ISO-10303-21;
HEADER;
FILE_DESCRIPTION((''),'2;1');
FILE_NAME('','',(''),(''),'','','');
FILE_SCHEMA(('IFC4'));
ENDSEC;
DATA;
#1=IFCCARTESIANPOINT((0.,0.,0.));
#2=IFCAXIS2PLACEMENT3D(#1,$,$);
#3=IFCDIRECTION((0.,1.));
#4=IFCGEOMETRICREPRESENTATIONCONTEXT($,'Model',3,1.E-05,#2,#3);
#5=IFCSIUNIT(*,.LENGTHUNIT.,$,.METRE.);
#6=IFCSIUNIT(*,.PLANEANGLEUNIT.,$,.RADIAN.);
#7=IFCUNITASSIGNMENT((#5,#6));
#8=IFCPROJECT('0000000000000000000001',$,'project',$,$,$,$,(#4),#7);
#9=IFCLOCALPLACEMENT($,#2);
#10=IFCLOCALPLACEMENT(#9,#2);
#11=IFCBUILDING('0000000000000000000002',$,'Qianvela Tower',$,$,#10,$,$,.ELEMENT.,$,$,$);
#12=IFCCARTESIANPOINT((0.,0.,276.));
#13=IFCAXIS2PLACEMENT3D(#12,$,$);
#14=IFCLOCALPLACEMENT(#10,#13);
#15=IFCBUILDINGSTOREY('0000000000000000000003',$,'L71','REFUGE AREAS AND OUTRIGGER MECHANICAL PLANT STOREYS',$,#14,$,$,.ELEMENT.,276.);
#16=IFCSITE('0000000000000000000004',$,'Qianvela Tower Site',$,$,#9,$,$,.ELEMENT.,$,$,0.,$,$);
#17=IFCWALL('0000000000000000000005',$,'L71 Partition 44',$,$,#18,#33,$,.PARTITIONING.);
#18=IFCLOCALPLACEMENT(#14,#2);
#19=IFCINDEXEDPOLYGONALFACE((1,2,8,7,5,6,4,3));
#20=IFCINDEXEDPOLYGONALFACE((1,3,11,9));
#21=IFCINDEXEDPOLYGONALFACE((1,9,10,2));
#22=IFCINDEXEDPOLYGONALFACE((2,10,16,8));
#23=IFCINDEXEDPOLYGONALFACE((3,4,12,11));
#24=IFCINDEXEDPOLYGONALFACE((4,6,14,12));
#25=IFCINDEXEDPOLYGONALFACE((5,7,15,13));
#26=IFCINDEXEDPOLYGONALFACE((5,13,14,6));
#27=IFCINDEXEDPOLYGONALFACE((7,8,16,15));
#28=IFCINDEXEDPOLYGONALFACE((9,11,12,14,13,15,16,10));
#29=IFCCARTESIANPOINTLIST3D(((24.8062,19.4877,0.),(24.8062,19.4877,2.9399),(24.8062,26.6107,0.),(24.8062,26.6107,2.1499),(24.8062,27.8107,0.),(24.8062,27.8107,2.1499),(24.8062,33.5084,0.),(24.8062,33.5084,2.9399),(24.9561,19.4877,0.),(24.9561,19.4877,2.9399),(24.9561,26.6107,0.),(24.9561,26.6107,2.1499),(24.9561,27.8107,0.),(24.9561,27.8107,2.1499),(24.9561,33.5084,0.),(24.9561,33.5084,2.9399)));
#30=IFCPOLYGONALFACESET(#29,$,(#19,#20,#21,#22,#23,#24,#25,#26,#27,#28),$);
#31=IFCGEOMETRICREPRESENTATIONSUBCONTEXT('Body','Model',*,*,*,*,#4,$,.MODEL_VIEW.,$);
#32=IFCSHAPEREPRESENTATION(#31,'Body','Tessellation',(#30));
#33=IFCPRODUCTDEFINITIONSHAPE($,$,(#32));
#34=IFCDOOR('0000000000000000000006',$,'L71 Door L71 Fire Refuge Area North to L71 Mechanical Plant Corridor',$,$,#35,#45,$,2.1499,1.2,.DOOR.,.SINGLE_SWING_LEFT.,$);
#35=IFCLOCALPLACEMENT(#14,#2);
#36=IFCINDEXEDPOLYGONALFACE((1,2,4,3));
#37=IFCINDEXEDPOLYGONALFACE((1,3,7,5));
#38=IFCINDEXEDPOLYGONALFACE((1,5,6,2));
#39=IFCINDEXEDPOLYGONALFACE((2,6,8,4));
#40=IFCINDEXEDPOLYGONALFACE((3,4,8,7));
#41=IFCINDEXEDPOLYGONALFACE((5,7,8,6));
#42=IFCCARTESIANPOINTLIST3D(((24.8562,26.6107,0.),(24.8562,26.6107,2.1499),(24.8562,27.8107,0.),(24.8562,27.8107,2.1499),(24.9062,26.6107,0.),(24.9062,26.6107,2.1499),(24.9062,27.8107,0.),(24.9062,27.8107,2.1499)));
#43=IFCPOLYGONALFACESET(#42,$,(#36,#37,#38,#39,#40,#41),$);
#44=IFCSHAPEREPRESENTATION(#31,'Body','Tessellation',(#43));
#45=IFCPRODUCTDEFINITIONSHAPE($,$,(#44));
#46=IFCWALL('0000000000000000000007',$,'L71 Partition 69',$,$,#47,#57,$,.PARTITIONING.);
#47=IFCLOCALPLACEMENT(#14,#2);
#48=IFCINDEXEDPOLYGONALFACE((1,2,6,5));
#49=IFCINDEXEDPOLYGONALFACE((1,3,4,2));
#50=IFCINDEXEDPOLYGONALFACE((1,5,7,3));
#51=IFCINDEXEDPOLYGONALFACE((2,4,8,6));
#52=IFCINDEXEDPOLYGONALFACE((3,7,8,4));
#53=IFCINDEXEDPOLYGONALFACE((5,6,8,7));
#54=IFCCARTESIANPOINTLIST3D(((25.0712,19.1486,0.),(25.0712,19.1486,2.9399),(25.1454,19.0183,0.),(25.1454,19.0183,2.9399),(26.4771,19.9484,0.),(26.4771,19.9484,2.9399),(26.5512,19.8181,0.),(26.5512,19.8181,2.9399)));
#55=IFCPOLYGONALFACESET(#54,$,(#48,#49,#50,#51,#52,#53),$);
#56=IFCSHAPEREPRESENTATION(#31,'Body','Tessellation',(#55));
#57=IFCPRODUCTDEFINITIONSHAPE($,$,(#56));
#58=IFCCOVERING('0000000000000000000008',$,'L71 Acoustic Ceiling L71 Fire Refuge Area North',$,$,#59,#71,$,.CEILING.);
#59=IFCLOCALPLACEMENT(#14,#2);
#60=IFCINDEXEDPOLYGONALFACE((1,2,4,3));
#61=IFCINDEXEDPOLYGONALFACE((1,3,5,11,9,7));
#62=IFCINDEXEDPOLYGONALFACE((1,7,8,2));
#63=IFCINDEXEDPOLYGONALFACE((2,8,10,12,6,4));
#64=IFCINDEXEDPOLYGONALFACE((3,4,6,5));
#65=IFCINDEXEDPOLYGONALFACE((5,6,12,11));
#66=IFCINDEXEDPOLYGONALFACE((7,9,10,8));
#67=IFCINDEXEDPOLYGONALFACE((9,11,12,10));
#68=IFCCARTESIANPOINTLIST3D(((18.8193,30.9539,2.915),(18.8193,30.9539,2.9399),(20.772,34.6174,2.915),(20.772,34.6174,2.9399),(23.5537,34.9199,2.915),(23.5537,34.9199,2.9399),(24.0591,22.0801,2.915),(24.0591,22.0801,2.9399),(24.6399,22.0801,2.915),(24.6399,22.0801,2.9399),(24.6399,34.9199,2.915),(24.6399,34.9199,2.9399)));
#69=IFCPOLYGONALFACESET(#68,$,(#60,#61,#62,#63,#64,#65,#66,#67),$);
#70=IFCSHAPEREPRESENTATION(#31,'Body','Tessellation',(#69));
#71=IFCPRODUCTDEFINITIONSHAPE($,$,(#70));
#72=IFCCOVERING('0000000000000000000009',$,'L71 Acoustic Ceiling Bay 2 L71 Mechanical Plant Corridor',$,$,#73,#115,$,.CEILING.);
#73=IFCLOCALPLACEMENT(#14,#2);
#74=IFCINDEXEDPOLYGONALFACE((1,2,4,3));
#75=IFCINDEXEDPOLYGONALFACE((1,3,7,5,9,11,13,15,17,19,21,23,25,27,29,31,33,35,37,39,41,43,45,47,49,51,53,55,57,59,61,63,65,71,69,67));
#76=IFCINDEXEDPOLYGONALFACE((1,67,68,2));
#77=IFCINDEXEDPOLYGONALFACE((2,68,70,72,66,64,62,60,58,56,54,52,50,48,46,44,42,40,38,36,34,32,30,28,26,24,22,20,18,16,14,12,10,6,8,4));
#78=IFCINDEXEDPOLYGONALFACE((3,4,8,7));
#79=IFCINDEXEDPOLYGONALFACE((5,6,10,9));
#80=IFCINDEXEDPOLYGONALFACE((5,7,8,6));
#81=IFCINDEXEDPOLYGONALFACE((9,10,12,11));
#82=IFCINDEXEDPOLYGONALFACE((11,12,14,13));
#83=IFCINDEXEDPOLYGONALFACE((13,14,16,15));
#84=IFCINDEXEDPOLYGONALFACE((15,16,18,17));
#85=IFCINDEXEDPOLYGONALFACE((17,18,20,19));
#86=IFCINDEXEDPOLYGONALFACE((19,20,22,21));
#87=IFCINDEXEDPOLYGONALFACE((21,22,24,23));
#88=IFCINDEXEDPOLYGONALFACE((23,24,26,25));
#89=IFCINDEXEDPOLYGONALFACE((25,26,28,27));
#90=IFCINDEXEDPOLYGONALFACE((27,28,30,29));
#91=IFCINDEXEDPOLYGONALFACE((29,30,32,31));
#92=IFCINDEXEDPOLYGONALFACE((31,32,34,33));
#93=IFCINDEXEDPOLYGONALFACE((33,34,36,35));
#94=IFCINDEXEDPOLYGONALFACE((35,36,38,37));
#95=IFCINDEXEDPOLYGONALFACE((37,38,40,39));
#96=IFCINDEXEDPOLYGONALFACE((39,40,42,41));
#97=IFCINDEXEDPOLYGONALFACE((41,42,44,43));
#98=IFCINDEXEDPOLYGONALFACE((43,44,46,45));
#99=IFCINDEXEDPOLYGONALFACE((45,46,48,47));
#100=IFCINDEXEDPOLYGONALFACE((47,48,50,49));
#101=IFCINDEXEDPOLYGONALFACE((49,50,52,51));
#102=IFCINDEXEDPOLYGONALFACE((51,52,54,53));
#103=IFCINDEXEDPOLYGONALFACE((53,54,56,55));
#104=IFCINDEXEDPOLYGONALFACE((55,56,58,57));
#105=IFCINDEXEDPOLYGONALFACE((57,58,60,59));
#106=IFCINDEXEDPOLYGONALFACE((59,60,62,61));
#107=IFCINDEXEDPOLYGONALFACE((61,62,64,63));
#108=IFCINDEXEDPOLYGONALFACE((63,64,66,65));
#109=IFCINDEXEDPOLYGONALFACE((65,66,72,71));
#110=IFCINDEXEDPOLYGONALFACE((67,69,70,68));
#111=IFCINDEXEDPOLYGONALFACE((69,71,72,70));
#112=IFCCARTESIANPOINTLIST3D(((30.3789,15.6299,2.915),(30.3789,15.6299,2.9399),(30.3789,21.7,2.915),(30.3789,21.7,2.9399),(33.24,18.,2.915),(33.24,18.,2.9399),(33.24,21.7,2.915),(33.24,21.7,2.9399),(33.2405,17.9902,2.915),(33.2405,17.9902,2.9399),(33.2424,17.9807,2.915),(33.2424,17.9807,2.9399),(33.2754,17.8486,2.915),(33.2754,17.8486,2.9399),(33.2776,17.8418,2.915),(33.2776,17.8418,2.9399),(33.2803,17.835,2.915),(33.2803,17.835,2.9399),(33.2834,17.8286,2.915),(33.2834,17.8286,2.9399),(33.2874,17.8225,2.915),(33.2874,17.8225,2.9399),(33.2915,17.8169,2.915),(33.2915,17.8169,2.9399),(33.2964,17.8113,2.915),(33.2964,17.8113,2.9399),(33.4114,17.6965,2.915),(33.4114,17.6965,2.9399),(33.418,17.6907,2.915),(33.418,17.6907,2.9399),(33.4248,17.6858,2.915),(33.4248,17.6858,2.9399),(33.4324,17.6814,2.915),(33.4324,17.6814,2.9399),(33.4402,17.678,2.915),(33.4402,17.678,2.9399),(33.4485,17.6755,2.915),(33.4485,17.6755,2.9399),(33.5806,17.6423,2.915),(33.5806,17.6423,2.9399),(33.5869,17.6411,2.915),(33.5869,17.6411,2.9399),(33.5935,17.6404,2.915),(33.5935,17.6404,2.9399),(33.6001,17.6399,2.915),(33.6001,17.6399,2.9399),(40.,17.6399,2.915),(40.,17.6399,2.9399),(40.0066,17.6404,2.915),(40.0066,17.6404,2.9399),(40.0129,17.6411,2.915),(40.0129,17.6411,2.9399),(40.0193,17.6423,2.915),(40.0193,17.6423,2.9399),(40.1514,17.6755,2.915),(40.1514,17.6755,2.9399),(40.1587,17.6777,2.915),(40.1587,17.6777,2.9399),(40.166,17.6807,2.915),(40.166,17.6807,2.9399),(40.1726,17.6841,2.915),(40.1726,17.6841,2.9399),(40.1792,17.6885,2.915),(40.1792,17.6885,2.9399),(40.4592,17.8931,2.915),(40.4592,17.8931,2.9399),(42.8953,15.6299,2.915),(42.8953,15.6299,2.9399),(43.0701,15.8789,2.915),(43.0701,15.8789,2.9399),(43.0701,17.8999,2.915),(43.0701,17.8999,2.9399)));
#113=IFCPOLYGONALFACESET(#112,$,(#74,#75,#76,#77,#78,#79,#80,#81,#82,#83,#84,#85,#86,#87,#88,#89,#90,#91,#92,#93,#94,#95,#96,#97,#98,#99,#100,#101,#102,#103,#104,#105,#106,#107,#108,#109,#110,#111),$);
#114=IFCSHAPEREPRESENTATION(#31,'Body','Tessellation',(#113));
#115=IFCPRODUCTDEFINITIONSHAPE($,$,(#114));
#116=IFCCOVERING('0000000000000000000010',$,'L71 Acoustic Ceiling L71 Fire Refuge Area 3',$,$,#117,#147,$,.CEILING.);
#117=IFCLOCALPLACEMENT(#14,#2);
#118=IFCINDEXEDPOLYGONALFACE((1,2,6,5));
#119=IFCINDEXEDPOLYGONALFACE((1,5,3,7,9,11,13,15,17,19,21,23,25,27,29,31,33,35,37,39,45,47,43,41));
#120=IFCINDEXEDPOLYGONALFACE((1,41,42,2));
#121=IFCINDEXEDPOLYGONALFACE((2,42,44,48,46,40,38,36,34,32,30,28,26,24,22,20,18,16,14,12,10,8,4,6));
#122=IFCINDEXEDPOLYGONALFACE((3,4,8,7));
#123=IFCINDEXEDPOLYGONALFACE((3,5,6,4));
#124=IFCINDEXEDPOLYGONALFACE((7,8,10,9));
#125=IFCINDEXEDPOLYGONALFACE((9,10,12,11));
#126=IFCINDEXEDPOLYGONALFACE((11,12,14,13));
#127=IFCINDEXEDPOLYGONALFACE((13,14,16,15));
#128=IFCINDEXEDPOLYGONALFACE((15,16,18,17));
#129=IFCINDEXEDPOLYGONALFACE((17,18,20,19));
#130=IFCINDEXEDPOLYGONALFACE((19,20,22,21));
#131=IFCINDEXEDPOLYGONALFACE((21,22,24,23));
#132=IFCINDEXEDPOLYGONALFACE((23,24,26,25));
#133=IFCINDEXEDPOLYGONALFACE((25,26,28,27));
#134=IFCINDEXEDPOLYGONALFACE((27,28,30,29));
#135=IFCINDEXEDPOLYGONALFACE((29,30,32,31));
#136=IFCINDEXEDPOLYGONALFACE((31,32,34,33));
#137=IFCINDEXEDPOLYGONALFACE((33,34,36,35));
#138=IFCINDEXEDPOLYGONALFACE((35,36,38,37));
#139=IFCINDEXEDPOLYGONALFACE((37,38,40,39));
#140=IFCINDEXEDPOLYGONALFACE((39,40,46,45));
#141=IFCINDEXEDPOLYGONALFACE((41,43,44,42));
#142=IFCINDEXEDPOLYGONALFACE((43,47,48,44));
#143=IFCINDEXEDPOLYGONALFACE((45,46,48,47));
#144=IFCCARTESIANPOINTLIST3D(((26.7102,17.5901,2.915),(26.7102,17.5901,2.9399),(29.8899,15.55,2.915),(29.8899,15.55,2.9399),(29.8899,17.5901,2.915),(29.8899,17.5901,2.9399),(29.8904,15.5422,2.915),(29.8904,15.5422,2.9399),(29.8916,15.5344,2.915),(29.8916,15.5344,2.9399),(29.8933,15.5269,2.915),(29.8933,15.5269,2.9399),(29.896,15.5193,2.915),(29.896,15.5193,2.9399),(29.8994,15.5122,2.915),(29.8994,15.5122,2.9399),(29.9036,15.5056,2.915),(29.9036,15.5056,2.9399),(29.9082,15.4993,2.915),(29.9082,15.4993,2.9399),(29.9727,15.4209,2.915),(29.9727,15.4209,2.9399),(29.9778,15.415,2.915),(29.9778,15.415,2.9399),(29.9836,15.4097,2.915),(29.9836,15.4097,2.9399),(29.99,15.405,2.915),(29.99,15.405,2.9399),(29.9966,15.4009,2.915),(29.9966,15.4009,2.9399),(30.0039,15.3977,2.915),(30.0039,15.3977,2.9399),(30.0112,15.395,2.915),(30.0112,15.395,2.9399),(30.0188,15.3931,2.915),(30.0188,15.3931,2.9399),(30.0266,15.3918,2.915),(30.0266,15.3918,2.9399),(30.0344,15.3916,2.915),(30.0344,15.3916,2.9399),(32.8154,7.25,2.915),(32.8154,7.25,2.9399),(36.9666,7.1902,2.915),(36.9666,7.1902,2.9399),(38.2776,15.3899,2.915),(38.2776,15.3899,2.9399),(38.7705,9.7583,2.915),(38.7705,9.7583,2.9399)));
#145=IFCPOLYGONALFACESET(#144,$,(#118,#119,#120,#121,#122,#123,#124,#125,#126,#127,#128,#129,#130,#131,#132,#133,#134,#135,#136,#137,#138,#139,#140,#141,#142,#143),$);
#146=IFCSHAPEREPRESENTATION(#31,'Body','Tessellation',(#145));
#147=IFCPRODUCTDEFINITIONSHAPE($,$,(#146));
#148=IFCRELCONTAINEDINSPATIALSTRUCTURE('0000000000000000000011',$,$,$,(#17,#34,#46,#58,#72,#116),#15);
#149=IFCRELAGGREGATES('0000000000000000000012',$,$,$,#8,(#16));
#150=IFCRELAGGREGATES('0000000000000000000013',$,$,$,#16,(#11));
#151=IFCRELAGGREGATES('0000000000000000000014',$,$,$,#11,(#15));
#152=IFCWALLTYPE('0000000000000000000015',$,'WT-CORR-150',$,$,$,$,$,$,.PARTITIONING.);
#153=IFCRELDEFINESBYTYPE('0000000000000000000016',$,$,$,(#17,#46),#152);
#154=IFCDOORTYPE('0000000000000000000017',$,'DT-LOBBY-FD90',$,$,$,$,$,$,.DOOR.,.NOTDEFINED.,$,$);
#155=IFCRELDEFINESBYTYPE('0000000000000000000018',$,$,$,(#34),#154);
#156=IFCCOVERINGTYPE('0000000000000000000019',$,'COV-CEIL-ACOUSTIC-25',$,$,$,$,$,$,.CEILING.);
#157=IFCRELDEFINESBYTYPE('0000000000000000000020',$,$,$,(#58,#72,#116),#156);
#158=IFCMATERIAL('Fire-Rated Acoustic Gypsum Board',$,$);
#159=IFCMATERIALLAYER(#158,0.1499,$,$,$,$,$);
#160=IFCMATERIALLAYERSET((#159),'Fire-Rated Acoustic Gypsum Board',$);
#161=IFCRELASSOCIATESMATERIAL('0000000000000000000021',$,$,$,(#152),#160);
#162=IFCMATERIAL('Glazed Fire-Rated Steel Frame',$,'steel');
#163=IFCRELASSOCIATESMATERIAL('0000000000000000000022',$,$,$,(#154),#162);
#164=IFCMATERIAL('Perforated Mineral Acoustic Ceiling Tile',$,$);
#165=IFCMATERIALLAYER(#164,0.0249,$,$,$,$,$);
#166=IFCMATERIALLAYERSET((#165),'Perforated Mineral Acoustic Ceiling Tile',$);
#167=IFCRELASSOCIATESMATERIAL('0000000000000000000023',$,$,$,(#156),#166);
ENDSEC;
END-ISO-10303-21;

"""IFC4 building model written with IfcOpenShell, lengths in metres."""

from ifc_helpers import new_model, si_unit, direction, frame, frame_2d, origin, place, context, subcontext, project, spatial, polyline, rectangle, outline, extrude, material, layer, layer_set, type_object, element, fill, save


model = new_model("IFC4")

# Units and contexts
model_context = context("Model", 3, precision=1e-05, world=origin(), true_north=direction((0.0, 1.0)))
body_context = subcontext(model_context, "Body", "Model", "MODEL_VIEW")
ifc_project = project(units=[si_unit("LENGTHUNIT", "METRE"), si_unit("PLANEANGLEUNIT", "RADIAN")], contexts=[model_context])

# Site, building, storey
site_placement = place(None, origin())
site = spatial("IfcSite", under=ifc_project, at=site_placement, Name="Qianvela Tower Site", CompositionType="ELEMENT", RefElevation=0.0)
building_placement = place(site_placement, origin())
building = spatial("IfcBuilding", under=site, at=building_placement, Name="Qianvela Tower", CompositionType="ELEMENT")
storey_placement = place(building_placement, frame((0.0, 0.0, 276.0)))
storey = spatial("IfcBuildingStorey", under=building, at=storey_placement, Name="L71", Description="REFUGE AREAS AND OUTRIGGER MECHANICAL PLANT STOREYS", CompositionType="ELEMENT", Elevation=276.0)

# Wall, opening, door
ifc_material_1 = material(Name="Fire-Rated Acoustic Gypsum Board")
ifc_layer_1 = layer(ifc_material_1, 0.1499)
ifc_layer_set_1 = layer_set([ifc_layer_1], Name="Fire-Rated Acoustic Gypsum Board")
wall_type = type_object("IfcWallType", Name="WT-CORR-150", PredefinedType="PARTITIONING", material=ifc_layer_set_1)
wall_1_placement = place(storey_placement, frame((24.8811, 19.4878, 0.0), z_axis=(0.0, 0.0, 1.0), x_axis=(0.0, 1.0, 0.0)))
wall_1 = element("IfcWall", 1, at=wall_1_placement, inside=storey, type_object=wall_type, Name="L71 Partition 44", PredefinedType="PARTITIONING", context=body_context, shape_type="SweptSolid", body=[
    extrude(rectangle(XDim=14.0208, YDim=0.1499, at=frame_2d((7.0103, 0.0))), origin(), (0.0, 0.0, 1.0), 2.9399),
])
opening_placement = place(wall_1_placement, frame((7.1228, 0.0, 0.0)))
opening = element("IfcOpeningElement", 2, at=opening_placement, cuts=wall_1, PredefinedType="OPENING", context=body_context, shape_type="SweptSolid", body=[
    extrude(rectangle(XDim=1.2, YDim=2.1499, at=frame_2d((0.6001, 1.075))), frame((0.0, 0.085, 0.0), z_axis=(0.0, -1.0, 0.0), x_axis=(1.0, 0.0, 0.0)), (0.0, 0.0, 1.0), 0.1699),
])
ifc_material_2 = material(Name="Glazed Fire-Rated Steel Frame", Category="steel")
door_type = type_object("IfcDoorType", Name="DT-LOBBY-FD90", OperationType="NOTDEFINED", PredefinedType="DOOR", material=ifc_material_2)
door_placement = place(opening_placement, origin())
door = element("IfcDoor", 3, at=door_placement, inside=storey, type_object=door_type, Name="L71 Door L71 Fire Refuge Area North to L71 Mechanical Plant Corridor", OperationType="SINGLE_SWING_LEFT", OverallHeight=2.1499, OverallWidth=1.2, PredefinedType="DOOR", context=body_context, shape_type="SweptSolid", body=[
    extrude(rectangle(XDim=1.2, YDim=2.1499, at=frame_2d((0.6001, 1.075))), frame((0.0, 0.0249, 0.0), z_axis=(0.0, -1.0, 0.0), x_axis=(1.0, 0.0, 0.0)), (0.0, 0.0, 1.0), 0.05),
])
fill(opening, door)

# Wall
wall_2_placement = place(storey_placement, frame((25.1084, 19.0835, 0.0), z_axis=(0.0, 0.0, 1.0), x_axis=(0.869171, 0.494512, 0.0)))
element("IfcWall", 4, at=wall_2_placement, inside=storey, type_object=wall_type, Name="L71 Partition 69", PredefinedType="PARTITIONING", context=body_context, shape_type="SweptSolid", body=[
    extrude(rectangle(XDim=1.6174, YDim=0.1499, at=frame_2d((0.8086, 0.0))), origin(), (0.0, 0.0, 1.0), 2.9399),
])

# Coverings
ifc_material_3 = material(Name="Perforated Mineral Acoustic Ceiling Tile")
ifc_layer_2 = layer(ifc_material_3, 0.0249)
ifc_layer_set_2 = layer_set([ifc_layer_2], Name="Perforated Mineral Acoustic Ceiling Tile")
covering_type_1 = type_object("IfcCoveringType", Name="COV-CEIL-ACOUSTIC-25", PredefinedType="CEILING", material=ifc_layer_set_2)
covering_1_placement = place(storey_placement, frame((0.0, 0.0, 2.915)))
element("IfcCovering", 5, at=covering_1_placement, inside=storey, type_object=covering_type_1, Name="L71 Acoustic Ceiling L71 Fire Refuge Area North", PredefinedType="CEILING", context=body_context, shape_type="SweptSolid", body=[
    extrude(outline(polyline([(24.0591, 22.0801), (18.8193, 30.9539), (20.772, 34.6174), (23.5537, 34.9199), (24.6399, 34.9199), (24.6399, 22.0801), (24.0591, 22.0801)])), origin(), (0.0, 0.0, 1.0), 0.0249),
])
covering_2_placement = place(storey_placement, frame((0.0, 0.0, 2.915)))
element("IfcCovering", 6, at=covering_2_placement, inside=storey, type_object=covering_type_1, Name="L71 Acoustic Ceiling Bay 2 L71 Mechanical Plant Corridor", PredefinedType="CEILING", context=body_context, shape_type="SweptSolid", body=[
    extrude(outline(polyline([(33.24, 21.7), (33.24, 18.0), (33.2405, 17.9902), (33.2424, 17.9807), (33.2754, 17.8486), (33.2776, 17.8418), (33.2803, 17.835), (33.2834, 17.8286), (33.2874, 17.8225), (33.2915, 17.8169), (33.2964, 17.8113), (33.4114, 17.6965), (33.418, 17.6907), (33.4248, 17.6858), (33.4324, 17.6814), (33.4402, 17.678), (33.4485, 17.6755), (33.5806, 17.6423), (33.5869, 17.6411), (33.5935, 17.6404), (33.6001, 17.6399), (40.0, 17.6399), (40.0066, 17.6404), (40.0129, 17.6411), (40.0193, 17.6423), (40.1514, 17.6755), (40.1587, 17.6777), (40.166, 17.6807), (40.1726, 17.6841), (40.1792, 17.6885), (40.4592, 17.8931), (43.0701, 17.8999), (43.0701, 15.8789), (42.8953, 15.6299), (30.3789, 15.6299), (30.3789, 21.7), (33.24, 21.7)])), origin(), (0.0, 0.0, 1.0), 0.0249),
])
covering_3_placement = place(storey_placement, frame((0.0, 0.0, 2.915)))
element("IfcCovering", 7, at=covering_3_placement, inside=storey, type_object=covering_type_1, Name="L71 Acoustic Ceiling L71 Fire Refuge Area 3", PredefinedType="CEILING", context=body_context, shape_type="SweptSolid", body=[
    extrude(outline(polyline([(26.7102, 17.5901), (29.8899, 17.5901), (29.8899, 15.55), (29.8904, 15.5422), (29.8916, 15.5344), (29.8933, 15.5269), (29.896, 15.5193), (29.8994, 15.5122), (29.9036, 15.5056), (29.9082, 15.4993), (29.9727, 15.4209), (29.9778, 15.415), (29.9836, 15.4097), (29.99, 15.405), (29.9966, 15.4009), (30.0039, 15.3977), (30.0112, 15.395), (30.0188, 15.3931), (30.0266, 15.3918), (30.0344, 15.3916), (38.2776, 15.3899), (38.7705, 9.7583), (36.9666, 7.1902), (32.8154, 7.25), (26.7102, 17.5901)])), origin(), (0.0, 0.0, 1.0), 0.0249),
])

save(model, "model.ifc")
